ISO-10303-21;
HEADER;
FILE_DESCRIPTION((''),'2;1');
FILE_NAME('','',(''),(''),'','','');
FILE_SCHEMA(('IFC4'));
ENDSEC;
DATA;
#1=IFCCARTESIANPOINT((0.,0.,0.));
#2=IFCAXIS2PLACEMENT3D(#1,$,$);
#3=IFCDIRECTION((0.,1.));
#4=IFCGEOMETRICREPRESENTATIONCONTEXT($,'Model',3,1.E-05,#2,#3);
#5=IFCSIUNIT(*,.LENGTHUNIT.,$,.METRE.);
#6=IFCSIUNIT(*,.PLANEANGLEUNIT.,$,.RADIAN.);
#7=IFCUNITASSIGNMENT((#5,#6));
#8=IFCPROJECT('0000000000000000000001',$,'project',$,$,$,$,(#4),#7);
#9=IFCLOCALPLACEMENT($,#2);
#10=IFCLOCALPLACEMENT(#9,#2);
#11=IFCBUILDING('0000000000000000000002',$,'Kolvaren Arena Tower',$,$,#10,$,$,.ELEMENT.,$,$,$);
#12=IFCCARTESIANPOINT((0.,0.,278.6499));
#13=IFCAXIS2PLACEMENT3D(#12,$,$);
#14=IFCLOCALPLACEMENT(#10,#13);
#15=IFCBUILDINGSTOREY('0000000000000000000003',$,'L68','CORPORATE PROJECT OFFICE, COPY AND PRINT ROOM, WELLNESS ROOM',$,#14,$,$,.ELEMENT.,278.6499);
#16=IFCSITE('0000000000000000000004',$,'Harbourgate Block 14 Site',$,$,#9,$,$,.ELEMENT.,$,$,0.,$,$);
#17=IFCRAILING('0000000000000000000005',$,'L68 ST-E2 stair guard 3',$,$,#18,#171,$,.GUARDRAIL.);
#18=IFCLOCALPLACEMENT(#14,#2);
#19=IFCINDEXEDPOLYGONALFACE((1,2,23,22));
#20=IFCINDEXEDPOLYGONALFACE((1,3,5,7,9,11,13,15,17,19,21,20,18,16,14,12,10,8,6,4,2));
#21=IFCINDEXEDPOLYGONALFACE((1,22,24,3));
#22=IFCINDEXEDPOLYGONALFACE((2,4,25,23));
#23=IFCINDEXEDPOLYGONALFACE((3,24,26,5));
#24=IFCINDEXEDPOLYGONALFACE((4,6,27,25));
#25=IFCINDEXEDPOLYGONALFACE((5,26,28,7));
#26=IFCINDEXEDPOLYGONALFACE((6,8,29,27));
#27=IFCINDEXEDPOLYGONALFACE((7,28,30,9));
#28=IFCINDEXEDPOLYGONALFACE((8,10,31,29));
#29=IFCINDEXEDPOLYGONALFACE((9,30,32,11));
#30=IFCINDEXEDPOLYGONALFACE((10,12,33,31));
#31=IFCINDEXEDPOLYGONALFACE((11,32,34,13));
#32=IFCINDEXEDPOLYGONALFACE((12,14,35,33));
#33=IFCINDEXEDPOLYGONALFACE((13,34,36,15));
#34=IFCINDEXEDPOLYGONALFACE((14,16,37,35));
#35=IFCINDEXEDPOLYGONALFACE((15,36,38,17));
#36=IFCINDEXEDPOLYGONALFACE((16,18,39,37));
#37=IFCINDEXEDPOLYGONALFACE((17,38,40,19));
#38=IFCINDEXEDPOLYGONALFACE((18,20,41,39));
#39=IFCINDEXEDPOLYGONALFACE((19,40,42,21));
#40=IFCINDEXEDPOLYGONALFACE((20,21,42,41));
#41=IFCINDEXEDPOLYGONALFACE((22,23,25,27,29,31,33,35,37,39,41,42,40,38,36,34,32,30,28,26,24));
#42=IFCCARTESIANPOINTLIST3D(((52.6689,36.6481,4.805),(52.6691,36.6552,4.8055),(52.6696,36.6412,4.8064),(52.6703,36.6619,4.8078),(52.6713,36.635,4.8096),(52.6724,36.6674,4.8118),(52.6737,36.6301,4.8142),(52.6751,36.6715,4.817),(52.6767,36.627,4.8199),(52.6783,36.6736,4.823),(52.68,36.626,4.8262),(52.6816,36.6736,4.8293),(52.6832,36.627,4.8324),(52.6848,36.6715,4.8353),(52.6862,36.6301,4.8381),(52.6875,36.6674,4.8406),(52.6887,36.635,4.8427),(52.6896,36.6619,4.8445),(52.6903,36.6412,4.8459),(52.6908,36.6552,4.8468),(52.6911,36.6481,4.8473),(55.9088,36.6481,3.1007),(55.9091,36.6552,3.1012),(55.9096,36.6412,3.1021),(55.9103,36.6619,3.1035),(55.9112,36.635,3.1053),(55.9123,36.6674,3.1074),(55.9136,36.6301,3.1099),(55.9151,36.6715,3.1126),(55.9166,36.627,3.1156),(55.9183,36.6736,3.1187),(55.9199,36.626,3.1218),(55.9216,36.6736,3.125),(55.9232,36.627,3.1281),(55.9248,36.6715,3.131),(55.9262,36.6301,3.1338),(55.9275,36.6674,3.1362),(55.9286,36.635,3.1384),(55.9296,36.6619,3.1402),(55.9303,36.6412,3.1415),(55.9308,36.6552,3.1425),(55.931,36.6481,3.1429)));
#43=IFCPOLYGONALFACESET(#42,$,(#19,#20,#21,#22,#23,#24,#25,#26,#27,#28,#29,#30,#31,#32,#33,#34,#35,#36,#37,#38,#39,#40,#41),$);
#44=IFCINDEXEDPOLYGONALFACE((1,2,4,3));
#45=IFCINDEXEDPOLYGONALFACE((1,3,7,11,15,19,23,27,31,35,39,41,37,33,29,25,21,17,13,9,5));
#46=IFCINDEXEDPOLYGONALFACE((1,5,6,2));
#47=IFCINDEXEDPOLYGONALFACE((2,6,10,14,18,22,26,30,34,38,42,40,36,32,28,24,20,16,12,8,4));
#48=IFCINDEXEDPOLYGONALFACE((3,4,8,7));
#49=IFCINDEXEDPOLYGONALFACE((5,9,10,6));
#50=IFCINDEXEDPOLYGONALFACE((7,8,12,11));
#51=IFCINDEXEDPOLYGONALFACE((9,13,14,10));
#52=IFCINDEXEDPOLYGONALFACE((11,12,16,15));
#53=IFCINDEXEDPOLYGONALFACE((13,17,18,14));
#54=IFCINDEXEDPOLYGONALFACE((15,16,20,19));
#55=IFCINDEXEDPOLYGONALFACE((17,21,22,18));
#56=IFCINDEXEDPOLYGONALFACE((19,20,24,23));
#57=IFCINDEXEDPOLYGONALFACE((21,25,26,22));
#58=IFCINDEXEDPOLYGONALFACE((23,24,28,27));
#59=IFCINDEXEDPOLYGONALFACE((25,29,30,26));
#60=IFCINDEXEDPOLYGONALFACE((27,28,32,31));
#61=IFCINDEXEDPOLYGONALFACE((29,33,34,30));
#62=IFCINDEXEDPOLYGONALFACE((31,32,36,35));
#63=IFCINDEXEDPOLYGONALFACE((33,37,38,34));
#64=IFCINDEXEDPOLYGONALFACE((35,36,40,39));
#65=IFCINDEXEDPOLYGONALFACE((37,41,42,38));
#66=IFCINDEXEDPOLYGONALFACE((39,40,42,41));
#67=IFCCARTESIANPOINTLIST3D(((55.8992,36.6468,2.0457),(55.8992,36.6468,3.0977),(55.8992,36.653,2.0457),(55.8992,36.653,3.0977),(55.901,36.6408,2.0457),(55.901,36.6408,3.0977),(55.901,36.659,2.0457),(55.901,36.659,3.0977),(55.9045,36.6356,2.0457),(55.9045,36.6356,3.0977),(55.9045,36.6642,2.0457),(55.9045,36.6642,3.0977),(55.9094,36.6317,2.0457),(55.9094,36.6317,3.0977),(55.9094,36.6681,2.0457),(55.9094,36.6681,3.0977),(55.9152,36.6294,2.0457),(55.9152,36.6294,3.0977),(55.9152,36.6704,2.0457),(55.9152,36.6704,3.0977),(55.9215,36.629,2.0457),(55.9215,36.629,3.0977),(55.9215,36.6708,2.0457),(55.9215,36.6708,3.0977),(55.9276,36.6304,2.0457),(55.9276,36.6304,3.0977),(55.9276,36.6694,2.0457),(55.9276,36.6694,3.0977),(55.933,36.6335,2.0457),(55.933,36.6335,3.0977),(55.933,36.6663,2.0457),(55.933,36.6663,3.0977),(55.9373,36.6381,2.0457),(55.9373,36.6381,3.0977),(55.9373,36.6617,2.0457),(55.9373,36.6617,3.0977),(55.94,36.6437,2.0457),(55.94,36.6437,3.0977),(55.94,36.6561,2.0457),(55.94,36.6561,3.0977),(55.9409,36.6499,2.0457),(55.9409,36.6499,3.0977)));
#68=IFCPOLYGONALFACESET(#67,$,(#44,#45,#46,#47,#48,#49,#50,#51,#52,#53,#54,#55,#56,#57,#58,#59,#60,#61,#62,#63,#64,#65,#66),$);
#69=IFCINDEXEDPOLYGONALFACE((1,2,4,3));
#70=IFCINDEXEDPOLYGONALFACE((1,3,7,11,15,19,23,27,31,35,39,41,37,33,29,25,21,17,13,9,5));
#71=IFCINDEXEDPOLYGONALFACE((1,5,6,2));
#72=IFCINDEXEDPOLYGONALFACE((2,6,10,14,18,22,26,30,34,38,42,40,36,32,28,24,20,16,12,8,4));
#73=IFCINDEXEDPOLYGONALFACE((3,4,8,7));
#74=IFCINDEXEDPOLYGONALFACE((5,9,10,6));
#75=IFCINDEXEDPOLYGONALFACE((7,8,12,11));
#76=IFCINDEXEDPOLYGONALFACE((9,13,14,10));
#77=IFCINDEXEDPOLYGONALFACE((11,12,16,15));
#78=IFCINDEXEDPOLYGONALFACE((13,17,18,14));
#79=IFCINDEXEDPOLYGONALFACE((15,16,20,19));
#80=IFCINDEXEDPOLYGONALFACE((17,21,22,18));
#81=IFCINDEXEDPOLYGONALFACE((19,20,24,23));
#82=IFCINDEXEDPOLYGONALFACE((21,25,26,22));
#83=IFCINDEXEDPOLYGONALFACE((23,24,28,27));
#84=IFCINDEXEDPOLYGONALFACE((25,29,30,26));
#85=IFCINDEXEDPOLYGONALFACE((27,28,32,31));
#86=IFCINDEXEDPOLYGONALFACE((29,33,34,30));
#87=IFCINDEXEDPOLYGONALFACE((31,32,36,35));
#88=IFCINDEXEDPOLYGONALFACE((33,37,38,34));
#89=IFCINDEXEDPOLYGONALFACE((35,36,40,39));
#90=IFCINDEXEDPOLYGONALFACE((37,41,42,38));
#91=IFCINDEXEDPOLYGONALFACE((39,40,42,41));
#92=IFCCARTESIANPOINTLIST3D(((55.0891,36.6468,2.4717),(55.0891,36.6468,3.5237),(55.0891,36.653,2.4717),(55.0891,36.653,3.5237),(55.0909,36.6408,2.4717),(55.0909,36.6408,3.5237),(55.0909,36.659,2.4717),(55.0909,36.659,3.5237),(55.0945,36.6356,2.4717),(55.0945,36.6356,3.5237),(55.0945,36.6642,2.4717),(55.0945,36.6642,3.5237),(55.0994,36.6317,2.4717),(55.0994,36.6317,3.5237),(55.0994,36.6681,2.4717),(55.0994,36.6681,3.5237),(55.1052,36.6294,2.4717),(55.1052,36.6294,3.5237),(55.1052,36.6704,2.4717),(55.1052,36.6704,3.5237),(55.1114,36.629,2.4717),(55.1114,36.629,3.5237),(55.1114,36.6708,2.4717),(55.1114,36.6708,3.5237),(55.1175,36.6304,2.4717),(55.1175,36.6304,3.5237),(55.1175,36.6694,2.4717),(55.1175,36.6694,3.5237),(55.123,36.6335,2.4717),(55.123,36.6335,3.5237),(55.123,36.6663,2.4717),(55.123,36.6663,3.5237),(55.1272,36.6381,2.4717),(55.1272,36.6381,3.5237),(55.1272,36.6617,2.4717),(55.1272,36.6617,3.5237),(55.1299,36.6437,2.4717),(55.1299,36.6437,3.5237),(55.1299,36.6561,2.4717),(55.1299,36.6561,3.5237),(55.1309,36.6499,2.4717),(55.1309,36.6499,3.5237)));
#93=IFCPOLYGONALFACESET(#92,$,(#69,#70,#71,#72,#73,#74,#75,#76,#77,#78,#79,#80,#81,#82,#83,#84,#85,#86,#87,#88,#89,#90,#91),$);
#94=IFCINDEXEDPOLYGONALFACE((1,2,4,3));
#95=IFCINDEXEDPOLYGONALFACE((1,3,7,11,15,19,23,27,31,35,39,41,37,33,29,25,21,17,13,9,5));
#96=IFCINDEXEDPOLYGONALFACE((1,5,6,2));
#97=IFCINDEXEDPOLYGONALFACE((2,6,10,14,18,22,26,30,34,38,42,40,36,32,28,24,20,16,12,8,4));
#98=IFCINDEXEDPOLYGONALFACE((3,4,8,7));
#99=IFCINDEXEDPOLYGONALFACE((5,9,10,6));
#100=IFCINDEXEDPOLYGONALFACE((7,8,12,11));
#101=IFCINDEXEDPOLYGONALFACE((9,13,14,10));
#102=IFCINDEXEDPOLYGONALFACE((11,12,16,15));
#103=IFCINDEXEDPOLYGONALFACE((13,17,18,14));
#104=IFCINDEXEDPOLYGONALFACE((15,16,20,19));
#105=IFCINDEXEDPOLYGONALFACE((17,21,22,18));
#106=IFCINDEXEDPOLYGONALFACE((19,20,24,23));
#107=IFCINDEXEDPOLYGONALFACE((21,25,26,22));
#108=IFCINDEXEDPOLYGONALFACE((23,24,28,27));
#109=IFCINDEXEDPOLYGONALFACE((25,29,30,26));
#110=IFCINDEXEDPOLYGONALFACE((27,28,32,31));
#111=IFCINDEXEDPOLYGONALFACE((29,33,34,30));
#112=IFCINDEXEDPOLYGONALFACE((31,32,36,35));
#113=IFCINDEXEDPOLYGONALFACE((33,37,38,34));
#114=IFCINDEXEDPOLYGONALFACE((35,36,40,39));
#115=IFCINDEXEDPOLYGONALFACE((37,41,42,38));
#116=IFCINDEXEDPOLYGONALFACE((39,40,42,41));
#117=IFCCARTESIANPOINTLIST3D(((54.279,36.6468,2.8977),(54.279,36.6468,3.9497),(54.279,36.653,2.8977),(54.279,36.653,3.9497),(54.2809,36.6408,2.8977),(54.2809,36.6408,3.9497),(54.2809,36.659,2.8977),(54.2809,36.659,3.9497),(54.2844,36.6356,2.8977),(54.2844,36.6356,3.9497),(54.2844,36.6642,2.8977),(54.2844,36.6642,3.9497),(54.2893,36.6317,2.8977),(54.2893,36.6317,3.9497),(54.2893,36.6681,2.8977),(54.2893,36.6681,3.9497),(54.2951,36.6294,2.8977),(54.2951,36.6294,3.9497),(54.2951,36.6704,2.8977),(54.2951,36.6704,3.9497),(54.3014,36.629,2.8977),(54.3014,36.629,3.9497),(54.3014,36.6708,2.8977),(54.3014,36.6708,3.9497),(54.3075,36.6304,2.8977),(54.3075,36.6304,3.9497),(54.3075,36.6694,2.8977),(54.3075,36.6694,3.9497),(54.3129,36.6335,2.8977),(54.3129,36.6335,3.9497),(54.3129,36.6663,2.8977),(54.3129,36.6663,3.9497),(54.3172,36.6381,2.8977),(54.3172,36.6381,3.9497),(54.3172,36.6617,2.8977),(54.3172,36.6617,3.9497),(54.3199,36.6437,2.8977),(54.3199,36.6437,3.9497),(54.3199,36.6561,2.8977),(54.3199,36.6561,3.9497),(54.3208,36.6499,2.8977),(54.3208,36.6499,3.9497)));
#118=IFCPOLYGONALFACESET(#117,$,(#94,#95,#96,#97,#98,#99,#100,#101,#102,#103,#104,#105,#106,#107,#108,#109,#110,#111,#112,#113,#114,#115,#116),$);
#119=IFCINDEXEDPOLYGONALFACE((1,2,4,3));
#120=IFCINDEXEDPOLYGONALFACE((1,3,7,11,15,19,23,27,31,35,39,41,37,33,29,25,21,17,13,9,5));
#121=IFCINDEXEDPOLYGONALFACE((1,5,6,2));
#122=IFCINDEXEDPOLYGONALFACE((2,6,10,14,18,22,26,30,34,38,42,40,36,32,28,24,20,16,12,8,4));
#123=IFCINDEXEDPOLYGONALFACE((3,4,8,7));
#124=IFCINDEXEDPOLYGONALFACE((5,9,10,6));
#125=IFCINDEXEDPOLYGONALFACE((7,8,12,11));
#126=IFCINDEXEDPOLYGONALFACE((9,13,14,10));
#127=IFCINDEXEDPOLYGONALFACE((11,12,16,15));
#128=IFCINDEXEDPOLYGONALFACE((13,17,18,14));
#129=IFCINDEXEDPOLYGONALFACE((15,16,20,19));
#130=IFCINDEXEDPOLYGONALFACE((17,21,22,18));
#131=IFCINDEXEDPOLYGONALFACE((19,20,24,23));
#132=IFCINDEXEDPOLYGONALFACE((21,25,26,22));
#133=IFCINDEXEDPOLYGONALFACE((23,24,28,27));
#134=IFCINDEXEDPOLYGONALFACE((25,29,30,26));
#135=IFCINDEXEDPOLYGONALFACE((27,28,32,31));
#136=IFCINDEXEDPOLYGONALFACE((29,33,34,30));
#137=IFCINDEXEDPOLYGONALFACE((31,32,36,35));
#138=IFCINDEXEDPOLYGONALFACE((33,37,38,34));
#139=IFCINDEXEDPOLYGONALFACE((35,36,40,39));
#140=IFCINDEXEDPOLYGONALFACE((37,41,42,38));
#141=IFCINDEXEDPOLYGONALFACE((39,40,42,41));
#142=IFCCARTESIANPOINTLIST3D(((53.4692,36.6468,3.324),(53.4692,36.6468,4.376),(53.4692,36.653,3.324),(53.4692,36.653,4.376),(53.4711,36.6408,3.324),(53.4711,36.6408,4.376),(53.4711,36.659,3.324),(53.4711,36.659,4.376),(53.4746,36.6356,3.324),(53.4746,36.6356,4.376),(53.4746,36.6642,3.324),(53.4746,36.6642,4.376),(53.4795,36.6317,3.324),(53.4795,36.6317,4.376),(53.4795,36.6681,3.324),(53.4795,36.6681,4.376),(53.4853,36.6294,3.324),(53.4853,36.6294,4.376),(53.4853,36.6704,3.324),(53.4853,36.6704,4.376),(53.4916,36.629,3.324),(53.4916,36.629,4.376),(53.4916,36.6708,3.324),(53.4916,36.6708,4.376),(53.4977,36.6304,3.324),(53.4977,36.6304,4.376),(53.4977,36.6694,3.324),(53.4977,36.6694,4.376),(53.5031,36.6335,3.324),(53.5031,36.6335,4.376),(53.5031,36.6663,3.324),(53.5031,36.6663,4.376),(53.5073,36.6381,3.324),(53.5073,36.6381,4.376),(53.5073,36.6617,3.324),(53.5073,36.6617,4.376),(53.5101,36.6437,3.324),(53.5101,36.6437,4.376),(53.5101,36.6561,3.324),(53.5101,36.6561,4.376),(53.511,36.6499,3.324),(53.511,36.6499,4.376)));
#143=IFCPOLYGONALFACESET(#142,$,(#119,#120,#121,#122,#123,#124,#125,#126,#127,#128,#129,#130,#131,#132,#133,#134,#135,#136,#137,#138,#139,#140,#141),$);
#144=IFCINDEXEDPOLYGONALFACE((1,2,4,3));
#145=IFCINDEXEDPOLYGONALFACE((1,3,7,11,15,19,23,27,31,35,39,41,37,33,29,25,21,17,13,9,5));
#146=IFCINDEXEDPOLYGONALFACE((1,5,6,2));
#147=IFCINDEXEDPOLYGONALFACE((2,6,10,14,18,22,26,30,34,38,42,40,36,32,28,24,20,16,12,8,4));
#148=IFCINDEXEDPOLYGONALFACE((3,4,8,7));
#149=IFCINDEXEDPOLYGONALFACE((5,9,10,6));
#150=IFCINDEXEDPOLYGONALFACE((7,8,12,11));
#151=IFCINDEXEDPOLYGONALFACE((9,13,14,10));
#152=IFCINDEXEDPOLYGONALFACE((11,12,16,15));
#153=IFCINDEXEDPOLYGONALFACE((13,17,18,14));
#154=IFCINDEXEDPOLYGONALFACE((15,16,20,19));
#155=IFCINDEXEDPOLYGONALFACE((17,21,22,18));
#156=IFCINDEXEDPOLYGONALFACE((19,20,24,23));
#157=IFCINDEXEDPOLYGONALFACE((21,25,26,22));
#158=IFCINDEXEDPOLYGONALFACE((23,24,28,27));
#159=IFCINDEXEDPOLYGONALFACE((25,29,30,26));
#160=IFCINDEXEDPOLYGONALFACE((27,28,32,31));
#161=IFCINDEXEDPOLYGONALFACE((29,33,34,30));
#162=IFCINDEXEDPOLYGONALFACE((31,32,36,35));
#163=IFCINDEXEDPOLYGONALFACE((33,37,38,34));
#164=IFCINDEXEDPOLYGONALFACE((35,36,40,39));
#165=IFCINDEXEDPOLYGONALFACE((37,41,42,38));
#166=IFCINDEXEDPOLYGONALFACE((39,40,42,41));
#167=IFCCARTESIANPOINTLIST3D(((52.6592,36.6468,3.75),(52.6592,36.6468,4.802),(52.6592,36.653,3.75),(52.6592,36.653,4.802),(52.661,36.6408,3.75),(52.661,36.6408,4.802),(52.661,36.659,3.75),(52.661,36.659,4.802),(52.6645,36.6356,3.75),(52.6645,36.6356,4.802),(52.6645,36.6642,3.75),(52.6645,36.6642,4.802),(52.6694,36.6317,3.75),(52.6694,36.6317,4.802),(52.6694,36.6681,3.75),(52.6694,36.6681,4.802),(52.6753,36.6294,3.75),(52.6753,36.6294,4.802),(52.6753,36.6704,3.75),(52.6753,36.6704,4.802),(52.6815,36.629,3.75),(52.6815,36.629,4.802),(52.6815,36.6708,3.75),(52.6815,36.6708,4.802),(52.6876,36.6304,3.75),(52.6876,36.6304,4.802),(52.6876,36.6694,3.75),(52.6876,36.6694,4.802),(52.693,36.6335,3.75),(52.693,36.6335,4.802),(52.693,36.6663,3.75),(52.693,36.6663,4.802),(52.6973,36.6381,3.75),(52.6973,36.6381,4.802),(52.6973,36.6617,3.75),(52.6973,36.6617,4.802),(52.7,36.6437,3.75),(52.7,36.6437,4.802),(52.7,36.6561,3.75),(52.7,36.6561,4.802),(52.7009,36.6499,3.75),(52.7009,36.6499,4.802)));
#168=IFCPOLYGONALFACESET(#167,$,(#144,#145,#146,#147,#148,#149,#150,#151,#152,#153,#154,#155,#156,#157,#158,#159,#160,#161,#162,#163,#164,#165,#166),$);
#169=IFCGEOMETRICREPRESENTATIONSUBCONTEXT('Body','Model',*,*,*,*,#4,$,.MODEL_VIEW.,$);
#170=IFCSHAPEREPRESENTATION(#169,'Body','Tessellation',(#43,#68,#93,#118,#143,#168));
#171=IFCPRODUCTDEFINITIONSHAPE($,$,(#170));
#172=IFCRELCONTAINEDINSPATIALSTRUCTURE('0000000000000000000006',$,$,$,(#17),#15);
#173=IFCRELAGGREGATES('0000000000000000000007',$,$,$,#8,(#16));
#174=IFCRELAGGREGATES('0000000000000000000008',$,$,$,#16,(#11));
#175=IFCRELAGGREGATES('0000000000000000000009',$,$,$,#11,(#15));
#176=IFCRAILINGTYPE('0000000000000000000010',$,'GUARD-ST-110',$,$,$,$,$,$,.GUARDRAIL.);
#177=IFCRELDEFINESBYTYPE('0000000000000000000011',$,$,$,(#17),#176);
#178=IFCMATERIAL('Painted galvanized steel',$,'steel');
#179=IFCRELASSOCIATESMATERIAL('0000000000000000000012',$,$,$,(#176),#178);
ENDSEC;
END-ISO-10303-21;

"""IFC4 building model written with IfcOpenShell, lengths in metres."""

from ifc_helpers import new_model, si_unit, direction, frame, origin, origin_2d, place, context, subcontext, project, spatial, circle, extrude, material, type_object, element, save


model = new_model("IFC4")

# Units and contexts
model_context = context("Model", 3, precision=1e-05, world=origin(), true_north=direction((0.0, 1.0)))
body_context = subcontext(model_context, "Body", "Model", "MODEL_VIEW")
ifc_project = project(units=[si_unit("LENGTHUNIT", "METRE"), si_unit("PLANEANGLEUNIT", "RADIAN")], contexts=[model_context])

# Site, building, storey
site_placement = place(None, origin())
site = spatial("IfcSite", under=ifc_project, at=site_placement, Name="Harbourgate Block 14 Site", CompositionType="ELEMENT", RefElevation=0.0)
building_placement = place(site_placement, origin())
building = spatial("IfcBuilding", under=site, at=building_placement, Name="Kolvaren Arena Tower", CompositionType="ELEMENT")
storey_placement = place(building_placement, frame((0.0, 0.0, 278.6499)))
storey = spatial("IfcBuildingStorey", under=building, at=storey_placement, Name="L68", Description="CORPORATE PROJECT OFFICE, COPY AND PRINT ROOM, WELLNESS ROOM", CompositionType="ELEMENT", Elevation=278.6499)

# Railing
ifc_material_1 = material(Name="Painted galvanized steel", Category="steel")
railing_type_1 = type_object("IfcRailingType", Name="GUARD-ST-110", PredefinedType="GUARDRAIL", material=ifc_material_1)
railing_1_placement = place(storey_placement, frame((55.9199, 36.6499, 2.0457)))
element("IfcRailing", 1, at=railing_1_placement, inside=storey, type_object=railing_type_1, Name="L68 ST-E2 stair guard 3", PredefinedType="GUARDRAIL", context=body_context, shape_type="SweptSolid", body=[
    extrude(circle(Radius=0.0239, at=origin_2d()), frame((0.0, 0.0, 1.0762), z_axis=(-0.885021, 0.0, 0.465551), x_axis=(0.0, -1.0, 0.0)), (0.0, 0.0, 1.0), 3.6609),
    extrude(circle(Radius=0.021, at=origin_2d()), origin(), (0.0, 0.0, 1.0), 1.052),
    extrude(circle(Radius=0.021, at=origin_2d()), frame((-0.8101, 0.0, 0.426)), (0.0, 0.0, 1.0), 1.052),
    extrude(circle(Radius=0.021, at=origin_2d()), frame((-1.6201, 0.0, 0.8521)), (0.0, 0.0, 1.0), 1.052),
    extrude(circle(Radius=0.021, at=origin_2d()), frame((-2.4299, 0.0, 1.2783)), (0.0, 0.0, 1.0), 1.052),
    extrude(circle(Radius=0.021, at=origin_2d()), frame((-3.24, 0.0, 1.7043)), (0.0, 0.0, 1.0), 1.052),
])

save(model, "model.ifc")
